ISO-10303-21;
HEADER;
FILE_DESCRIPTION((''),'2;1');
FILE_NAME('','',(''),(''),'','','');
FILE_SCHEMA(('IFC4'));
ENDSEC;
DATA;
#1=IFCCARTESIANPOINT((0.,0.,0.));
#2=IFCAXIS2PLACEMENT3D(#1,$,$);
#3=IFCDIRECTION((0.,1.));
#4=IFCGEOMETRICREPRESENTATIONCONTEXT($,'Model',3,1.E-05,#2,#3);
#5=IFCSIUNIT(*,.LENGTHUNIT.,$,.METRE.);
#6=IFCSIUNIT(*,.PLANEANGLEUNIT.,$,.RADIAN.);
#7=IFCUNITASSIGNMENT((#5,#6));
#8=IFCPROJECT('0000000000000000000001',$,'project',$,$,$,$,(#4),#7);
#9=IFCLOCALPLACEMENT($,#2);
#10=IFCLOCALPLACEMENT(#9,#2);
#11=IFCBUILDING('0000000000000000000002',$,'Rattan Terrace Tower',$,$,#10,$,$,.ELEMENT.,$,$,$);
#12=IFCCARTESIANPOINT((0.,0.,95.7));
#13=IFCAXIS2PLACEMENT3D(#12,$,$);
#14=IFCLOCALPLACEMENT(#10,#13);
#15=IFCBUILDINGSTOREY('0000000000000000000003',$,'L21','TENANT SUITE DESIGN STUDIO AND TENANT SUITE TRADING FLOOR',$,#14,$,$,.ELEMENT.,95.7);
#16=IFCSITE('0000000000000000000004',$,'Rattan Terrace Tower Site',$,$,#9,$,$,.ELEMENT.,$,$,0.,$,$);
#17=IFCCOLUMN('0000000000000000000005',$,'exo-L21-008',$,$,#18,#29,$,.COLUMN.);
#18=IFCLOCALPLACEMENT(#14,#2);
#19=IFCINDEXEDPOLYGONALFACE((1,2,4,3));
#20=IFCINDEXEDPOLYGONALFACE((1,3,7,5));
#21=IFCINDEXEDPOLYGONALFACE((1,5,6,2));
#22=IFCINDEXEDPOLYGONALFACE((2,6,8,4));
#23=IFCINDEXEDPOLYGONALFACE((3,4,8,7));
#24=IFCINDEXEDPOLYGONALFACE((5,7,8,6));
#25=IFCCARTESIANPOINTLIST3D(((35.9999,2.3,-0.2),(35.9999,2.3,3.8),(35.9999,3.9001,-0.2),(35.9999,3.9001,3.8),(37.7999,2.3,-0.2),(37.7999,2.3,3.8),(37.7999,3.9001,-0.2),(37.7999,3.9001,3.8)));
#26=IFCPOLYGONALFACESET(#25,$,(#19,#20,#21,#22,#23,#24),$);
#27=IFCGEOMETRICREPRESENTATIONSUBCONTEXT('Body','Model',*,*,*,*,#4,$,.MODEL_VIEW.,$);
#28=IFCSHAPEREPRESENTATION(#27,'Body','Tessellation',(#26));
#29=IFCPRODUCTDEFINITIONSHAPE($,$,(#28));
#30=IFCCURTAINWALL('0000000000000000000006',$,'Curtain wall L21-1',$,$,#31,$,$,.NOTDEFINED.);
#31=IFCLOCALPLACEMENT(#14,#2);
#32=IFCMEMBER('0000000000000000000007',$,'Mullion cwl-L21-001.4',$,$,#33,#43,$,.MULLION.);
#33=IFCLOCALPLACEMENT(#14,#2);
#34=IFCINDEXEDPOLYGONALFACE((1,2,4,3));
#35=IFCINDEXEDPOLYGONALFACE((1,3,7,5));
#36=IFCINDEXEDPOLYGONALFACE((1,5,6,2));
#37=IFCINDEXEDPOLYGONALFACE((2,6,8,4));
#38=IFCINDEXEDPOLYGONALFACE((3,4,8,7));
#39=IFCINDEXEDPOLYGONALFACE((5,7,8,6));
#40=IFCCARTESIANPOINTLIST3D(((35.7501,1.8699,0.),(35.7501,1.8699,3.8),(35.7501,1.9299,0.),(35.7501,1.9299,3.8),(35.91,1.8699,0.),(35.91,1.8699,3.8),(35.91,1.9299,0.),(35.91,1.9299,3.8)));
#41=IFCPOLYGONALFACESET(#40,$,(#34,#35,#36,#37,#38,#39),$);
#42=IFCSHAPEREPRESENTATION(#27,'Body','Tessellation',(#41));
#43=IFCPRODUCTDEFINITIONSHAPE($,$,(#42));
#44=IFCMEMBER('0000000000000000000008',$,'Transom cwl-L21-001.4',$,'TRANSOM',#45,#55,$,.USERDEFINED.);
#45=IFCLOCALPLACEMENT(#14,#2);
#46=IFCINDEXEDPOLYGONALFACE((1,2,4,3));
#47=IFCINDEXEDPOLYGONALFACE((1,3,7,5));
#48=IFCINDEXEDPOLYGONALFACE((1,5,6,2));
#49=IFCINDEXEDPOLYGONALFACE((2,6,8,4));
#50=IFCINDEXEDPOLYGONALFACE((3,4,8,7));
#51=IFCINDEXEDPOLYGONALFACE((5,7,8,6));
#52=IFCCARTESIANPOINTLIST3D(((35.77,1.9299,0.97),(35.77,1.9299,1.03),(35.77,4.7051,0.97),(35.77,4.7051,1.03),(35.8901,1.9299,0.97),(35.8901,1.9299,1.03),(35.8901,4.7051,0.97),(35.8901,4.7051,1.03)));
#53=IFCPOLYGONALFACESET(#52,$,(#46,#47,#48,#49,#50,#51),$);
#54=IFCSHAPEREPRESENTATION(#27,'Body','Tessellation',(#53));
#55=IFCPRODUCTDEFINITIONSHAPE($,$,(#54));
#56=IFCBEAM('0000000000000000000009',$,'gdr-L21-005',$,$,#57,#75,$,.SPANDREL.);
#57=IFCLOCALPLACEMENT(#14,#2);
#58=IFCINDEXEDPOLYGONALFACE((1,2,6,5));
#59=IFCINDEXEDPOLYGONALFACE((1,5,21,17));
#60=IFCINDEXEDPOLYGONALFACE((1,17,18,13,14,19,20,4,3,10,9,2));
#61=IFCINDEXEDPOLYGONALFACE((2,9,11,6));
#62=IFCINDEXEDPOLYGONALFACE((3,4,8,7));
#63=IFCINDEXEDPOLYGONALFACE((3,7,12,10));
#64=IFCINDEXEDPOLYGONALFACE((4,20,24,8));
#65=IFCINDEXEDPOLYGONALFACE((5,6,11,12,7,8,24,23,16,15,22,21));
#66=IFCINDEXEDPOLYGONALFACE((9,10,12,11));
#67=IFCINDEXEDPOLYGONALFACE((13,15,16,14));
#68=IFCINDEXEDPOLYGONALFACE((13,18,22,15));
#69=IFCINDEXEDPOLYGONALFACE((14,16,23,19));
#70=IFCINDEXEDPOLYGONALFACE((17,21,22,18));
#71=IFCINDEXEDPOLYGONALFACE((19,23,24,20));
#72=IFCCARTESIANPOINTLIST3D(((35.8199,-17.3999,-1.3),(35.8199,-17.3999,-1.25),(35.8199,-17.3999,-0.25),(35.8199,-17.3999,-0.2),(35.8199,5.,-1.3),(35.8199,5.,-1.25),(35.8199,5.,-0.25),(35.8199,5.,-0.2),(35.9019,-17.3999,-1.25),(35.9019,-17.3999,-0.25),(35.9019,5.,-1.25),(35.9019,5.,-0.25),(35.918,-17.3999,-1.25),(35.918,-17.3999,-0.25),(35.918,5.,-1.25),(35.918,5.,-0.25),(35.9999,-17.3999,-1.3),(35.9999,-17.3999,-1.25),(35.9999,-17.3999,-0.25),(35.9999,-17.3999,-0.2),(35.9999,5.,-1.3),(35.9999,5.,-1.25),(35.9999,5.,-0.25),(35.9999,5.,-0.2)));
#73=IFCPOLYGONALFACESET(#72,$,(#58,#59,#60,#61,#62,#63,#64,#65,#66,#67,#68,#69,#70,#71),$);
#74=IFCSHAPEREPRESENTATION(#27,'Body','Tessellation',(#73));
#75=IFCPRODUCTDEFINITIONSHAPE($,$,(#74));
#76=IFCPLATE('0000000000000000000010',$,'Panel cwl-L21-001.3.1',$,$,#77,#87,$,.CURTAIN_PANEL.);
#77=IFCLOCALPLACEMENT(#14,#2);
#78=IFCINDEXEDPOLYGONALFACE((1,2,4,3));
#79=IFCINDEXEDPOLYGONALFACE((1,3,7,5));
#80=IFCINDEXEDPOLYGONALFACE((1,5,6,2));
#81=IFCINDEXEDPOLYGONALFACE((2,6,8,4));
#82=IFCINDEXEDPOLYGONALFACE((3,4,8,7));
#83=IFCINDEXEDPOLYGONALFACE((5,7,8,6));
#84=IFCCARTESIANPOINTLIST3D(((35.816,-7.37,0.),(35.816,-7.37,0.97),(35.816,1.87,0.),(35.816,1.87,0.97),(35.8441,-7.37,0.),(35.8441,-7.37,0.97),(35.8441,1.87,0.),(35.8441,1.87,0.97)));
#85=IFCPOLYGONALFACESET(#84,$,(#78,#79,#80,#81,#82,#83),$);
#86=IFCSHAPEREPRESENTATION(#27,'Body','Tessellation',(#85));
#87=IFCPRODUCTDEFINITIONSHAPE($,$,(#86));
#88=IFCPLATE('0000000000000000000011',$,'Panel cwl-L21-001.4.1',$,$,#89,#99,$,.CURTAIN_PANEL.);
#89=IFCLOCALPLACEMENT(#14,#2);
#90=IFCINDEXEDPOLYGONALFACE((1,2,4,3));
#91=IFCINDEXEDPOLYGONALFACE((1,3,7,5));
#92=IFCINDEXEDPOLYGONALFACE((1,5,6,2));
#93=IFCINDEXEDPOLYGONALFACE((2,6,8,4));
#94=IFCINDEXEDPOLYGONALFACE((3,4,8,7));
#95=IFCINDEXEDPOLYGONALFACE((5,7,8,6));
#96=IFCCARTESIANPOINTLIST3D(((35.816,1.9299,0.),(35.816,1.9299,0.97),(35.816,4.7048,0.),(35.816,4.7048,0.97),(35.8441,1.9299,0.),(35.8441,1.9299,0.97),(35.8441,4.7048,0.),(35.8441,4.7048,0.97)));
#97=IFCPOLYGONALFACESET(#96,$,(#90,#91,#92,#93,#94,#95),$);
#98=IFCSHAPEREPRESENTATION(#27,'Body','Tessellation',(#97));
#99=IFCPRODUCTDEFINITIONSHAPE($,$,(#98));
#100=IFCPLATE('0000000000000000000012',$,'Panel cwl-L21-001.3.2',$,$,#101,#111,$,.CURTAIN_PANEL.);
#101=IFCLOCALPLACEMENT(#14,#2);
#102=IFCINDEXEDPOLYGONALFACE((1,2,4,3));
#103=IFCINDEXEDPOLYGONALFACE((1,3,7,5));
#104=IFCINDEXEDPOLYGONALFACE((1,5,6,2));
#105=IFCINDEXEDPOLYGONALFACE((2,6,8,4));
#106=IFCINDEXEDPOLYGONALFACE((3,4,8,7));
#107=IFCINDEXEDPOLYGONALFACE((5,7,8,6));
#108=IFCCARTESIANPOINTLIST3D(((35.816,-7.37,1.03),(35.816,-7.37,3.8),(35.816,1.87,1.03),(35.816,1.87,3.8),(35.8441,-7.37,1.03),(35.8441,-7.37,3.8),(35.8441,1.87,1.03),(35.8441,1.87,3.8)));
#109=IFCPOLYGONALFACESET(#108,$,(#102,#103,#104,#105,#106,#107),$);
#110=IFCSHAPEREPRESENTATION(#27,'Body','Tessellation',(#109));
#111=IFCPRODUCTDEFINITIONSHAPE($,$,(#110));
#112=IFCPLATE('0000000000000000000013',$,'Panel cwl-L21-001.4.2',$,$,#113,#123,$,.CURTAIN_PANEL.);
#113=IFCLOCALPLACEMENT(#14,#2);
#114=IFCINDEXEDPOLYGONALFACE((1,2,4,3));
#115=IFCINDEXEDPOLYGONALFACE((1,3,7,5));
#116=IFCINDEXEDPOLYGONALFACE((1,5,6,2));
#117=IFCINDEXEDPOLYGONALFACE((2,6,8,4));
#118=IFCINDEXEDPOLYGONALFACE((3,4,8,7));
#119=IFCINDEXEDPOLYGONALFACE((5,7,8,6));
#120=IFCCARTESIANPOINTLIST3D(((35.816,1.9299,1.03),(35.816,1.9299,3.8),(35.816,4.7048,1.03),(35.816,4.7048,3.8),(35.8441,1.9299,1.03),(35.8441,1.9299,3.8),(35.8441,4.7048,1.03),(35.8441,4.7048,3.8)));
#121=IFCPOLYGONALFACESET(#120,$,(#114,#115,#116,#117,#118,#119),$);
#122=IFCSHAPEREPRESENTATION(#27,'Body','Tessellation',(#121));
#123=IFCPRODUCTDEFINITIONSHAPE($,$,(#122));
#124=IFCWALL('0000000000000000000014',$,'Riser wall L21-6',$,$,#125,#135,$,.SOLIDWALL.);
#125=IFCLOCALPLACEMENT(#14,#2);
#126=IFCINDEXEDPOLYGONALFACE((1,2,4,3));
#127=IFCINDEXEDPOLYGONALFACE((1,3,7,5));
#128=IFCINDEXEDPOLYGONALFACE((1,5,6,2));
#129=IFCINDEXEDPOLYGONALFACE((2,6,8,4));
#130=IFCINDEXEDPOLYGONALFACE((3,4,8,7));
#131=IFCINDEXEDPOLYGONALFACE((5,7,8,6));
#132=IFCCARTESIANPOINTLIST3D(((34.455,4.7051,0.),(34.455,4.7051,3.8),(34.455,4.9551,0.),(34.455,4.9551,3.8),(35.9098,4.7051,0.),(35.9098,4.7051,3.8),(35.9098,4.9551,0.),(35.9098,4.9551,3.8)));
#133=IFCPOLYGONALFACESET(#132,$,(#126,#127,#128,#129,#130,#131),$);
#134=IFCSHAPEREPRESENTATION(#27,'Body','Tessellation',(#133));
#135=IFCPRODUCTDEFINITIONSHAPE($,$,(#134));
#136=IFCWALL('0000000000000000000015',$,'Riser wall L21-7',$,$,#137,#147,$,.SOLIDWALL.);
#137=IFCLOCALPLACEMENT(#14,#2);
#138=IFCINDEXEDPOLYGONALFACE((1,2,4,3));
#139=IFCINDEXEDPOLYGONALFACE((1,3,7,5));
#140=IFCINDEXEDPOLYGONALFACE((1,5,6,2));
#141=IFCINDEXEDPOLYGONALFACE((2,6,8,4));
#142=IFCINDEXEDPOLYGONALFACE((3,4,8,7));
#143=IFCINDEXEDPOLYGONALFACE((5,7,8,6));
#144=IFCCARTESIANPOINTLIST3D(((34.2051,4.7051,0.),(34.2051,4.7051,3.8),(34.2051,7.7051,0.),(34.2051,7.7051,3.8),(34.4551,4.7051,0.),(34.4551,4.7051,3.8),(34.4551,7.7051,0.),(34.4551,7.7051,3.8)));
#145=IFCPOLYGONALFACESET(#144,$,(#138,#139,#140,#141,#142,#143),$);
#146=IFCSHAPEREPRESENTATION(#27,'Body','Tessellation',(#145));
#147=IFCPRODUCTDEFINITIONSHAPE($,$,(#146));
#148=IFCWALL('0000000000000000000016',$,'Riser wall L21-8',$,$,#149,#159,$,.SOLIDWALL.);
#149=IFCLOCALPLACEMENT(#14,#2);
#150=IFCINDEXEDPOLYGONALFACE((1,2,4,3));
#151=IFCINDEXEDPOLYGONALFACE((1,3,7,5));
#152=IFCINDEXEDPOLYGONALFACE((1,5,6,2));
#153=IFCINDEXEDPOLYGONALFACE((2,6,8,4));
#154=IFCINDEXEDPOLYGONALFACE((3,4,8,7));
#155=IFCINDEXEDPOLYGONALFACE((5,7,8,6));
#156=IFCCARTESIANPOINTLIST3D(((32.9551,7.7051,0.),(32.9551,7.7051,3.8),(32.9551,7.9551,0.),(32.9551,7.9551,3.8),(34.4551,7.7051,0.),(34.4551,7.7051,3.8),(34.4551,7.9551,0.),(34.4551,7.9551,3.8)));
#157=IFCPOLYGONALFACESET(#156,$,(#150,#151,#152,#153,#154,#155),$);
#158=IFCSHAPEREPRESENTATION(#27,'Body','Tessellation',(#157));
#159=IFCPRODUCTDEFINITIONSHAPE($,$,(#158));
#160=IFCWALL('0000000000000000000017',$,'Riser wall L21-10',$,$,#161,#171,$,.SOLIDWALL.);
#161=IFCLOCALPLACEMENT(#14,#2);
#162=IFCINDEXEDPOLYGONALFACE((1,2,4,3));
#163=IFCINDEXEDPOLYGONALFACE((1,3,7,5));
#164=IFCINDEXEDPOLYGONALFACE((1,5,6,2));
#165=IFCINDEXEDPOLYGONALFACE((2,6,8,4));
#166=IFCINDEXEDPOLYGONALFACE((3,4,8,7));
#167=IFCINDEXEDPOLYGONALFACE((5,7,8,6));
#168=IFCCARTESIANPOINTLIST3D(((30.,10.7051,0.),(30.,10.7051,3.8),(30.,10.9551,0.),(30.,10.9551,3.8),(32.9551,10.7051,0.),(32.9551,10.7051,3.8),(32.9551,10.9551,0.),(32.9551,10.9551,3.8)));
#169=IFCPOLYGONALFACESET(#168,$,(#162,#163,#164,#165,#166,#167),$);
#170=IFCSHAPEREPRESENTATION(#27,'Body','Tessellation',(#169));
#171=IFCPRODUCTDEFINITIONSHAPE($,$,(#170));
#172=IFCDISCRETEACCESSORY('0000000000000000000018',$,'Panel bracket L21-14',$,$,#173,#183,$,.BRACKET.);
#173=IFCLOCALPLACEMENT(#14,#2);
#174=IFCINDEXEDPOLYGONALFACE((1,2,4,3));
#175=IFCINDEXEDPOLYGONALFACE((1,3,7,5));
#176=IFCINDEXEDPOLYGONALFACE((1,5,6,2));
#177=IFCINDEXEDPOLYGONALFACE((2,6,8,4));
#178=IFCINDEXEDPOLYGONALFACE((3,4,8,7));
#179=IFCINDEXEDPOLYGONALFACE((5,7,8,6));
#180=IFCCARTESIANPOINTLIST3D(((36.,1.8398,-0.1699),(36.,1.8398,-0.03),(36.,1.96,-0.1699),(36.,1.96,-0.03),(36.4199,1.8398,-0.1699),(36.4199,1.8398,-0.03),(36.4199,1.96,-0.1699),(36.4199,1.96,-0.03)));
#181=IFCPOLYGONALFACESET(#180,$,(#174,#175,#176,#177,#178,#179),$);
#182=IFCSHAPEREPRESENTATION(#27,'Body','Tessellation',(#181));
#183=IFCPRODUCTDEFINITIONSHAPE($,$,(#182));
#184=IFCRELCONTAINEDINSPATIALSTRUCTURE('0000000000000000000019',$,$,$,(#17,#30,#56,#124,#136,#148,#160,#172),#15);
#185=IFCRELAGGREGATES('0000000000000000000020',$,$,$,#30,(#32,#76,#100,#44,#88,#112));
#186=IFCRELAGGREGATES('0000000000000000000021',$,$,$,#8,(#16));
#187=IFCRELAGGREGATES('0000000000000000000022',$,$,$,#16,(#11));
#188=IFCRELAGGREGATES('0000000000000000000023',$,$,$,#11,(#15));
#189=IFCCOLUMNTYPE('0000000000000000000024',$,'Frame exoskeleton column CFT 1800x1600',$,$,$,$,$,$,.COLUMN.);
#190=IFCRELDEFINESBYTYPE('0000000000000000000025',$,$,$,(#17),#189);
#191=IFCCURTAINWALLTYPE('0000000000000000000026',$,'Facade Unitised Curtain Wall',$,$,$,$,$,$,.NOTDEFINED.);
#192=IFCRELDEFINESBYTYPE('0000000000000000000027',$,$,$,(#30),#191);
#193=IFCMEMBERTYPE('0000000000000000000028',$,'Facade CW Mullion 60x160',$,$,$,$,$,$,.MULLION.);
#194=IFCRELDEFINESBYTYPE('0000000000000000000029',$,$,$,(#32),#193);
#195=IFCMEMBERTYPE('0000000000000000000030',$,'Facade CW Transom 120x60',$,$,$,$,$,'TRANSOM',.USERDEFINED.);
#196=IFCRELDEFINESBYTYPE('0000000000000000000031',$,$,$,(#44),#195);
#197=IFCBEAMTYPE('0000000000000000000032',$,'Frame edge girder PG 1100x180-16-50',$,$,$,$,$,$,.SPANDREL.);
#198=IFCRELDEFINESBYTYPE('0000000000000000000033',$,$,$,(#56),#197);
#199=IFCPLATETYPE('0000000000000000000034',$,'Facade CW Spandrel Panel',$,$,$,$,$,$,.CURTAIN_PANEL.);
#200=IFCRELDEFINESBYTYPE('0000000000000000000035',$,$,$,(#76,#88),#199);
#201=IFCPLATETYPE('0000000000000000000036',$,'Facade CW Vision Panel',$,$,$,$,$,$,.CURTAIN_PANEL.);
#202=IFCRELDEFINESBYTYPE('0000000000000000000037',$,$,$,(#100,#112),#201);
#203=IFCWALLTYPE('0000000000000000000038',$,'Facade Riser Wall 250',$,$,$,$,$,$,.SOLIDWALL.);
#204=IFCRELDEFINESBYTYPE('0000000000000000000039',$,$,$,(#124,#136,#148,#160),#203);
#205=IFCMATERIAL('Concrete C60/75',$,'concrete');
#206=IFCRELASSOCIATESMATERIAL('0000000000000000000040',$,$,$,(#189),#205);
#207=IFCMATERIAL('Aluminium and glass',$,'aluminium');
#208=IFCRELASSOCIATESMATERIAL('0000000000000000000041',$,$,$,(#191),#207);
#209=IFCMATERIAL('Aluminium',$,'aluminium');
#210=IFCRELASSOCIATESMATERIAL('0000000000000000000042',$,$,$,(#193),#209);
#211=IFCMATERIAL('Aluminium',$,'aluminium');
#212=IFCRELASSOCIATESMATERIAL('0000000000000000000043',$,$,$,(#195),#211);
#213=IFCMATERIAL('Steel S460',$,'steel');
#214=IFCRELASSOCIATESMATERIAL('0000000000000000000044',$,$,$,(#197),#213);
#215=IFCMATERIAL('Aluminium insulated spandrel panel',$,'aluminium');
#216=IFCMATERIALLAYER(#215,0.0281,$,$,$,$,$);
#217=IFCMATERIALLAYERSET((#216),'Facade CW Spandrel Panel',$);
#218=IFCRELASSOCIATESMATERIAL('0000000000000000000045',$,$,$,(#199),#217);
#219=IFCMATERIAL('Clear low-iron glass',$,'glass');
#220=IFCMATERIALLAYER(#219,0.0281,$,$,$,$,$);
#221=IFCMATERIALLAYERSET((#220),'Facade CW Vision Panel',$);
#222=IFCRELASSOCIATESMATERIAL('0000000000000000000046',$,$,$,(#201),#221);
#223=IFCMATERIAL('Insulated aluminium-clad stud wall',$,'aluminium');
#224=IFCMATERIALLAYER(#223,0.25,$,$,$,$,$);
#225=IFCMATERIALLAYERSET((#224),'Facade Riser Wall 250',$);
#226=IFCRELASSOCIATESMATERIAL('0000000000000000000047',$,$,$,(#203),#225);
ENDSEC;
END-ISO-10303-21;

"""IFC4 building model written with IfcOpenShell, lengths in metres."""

from ifc_helpers import new_model, si_unit, direction, frame, frame_2d, origin, origin_2d, place, context, subcontext, project, spatial, rectangle, i_section, extrude, material, layer, layer_set, material_profile, profile_set, type_object, element, aggregate, save


model = new_model("IFC4")

# Units and contexts
model_context = context("Model", 3, precision=1e-05, world=origin(), true_north=direction((0.0, 1.0)))
body_context = subcontext(model_context, "Body", "Model", "MODEL_VIEW")
ifc_project = project(units=[si_unit("LENGTHUNIT", "METRE"), si_unit("PLANEANGLEUNIT", "RADIAN")], contexts=[model_context])

# Site, building, storey
site_placement = place(None, origin())
site = spatial("IfcSite", under=ifc_project, at=site_placement, Name="Rattan Terrace Tower Site", CompositionType="ELEMENT", RefElevation=0.0)
building_placement = place(site_placement, origin())
building = spatial("IfcBuilding", under=site, at=building_placement, Name="Rattan Terrace Tower", CompositionType="ELEMENT")
storey_placement = place(building_placement, frame((0.0, 0.0, 95.7)))
storey = spatial("IfcBuildingStorey", under=building, at=storey_placement, Name="L21", Description="TENANT SUITE DESIGN STUDIO AND TENANT SUITE TRADING FLOOR", CompositionType="ELEMENT", Elevation=95.7)

# Column
ifc_material_1 = material(Name="Concrete C60/75", Category="concrete")
ifc_material_profile_1 = material_profile(ifc_material_1, rectangle(XDim=1.6001, YDim=1.8, at=origin_2d()), Name="CFT 1800x1600")
ifc_profile_set_1 = profile_set([ifc_material_profile_1], Name="Concrete C60/75")
column_type = type_object("IfcColumnType", Name="Frame exoskeleton column CFT 1800x1600", PredefinedType="COLUMN", material=ifc_profile_set_1)
column_placement = place(storey_placement, frame((36.8999, 3.1001, -0.2), z_axis=(0.0, 0.0, 1.0), x_axis=(0.0, 1.0, 0.0)))
element("IfcColumn", 1, at=column_placement, inside=storey, type_object=column_type, Name="exo-L21-008", PredefinedType="COLUMN", context=body_context, shape_type="SweptSolid", body=[
    extrude(rectangle(XDim=1.6001, YDim=1.8, at=origin_2d()), origin(), (0.0, 0.0, 1.0), 4.0),
])

# Curtain wall, members
ifc_material_2 = material(Name="Aluminium and glass", Category="aluminium")
curtain_wall_type = type_object("IfcCurtainWallType", Name="Facade Unitised Curtain Wall", PredefinedType="NOTDEFINED", material=ifc_material_2)
curtain_wall_placement = place(storey_placement, origin())
curtain_wall = element("IfcCurtainWall", 2, at=curtain_wall_placement, inside=storey, type_object=curtain_wall_type, Name="Curtain wall L21-1", PredefinedType="NOTDEFINED")
ifc_material_3 = material(Name="Aluminium", Category="aluminium")
ifc_material_profile_2 = material_profile(ifc_material_3, rectangle(XDim=0.0601, YDim=0.1599, at=origin_2d()), Name="Aluminium 60x160")
ifc_profile_set_2 = profile_set([ifc_material_profile_2], Name="Aluminium")
member_type_1 = type_object("IfcMemberType", Name="Facade CW Mullion 60x160", PredefinedType="MULLION", material=ifc_profile_set_2)
member_1_placement = place(storey_placement, frame((35.8301, 1.8999, 0.0), z_axis=(0.0, 0.0, 1.0), x_axis=(0.0, 1.0, 0.0)))
member_1 = element("IfcMember", 3, at=member_1_placement, type_object=member_type_1, Name="Mullion cwl-L21-001.4", PredefinedType="MULLION", context=body_context, shape_type="SweptSolid", body=[
    extrude(rectangle(XDim=0.0601, YDim=0.1599, at=origin_2d()), origin(), (0.0, 0.0, 1.0), 3.8),
])
ifc_material_4 = material(Name="Aluminium", Category="aluminium")
ifc_material_profile_3 = material_profile(ifc_material_4, rectangle(XDim=0.1201, YDim=0.0601, at=origin_2d()), Name="Aluminium 120x60")
ifc_profile_set_3 = profile_set([ifc_material_profile_3], Name="Aluminium")
member_type_2 = type_object("IfcMemberType", Name="Facade CW Transom 120x60", ElementType="TRANSOM", PredefinedType="USERDEFINED", material=ifc_profile_set_3)
member_2_placement = place(storey_placement, frame((35.8301, 1.9299, 1.0), z_axis=(0.0, 1.0, 0.0), x_axis=(-1.0, 0.0, 0.0)))
member_2 = element("IfcMember", 4, at=member_2_placement, type_object=member_type_2, Name="Transom cwl-L21-001.4", ObjectType="TRANSOM", PredefinedType="USERDEFINED", context=body_context, shape_type="SweptSolid", body=[
    extrude(rectangle(XDim=0.1201, YDim=0.0601, at=origin_2d()), origin(), (0.0, 0.0, 1.0), 2.7751),
])

# Beam
ifc_material_5 = material(Name="Steel S460", Category="steel")
ifc_material_profile_4 = material_profile(ifc_material_5, i_section(OverallWidth=0.1799, OverallDepth=1.1001, WebThickness=0.0161, FlangeThickness=0.05, at=origin_2d()), Name="PG 1100x180-16-50")
ifc_profile_set_4 = profile_set([ifc_material_profile_4], Name="Steel S460")
beam_type = type_object("IfcBeamType", Name="Frame edge girder PG 1100x180-16-50", PredefinedType="SPANDREL", material=ifc_profile_set_4)
beam_placement = place(storey_placement, frame((35.9099, 5.0, -0.75), z_axis=(0.0, -1.0, 0.0), x_axis=(1.0, 0.0, 0.0)))
element("IfcBeam", 5, at=beam_placement, inside=storey, type_object=beam_type, Name="gdr-L21-005", PredefinedType="SPANDREL", context=body_context, shape_type="SweptSolid", body=[
    extrude(i_section(OverallWidth=0.1799, OverallDepth=1.1001, WebThickness=0.0161, FlangeThickness=0.05, at=origin_2d()), origin(), (0.0, 0.0, 1.0), 22.3999),
])

# Plates
ifc_material_6 = material(Name="Aluminium insulated spandrel panel", Category="aluminium")
ifc_layer_1 = layer(ifc_material_6, 0.0281)
ifc_layer_set_1 = layer_set([ifc_layer_1], Name="Facade CW Spandrel Panel")
plate_type_1 = type_object("IfcPlateType", Name="Facade CW Spandrel Panel", PredefinedType="CURTAIN_PANEL", material=ifc_layer_set_1)
plate_1_placement = place(storey_placement, frame((35.8301, -2.75, 0.0), z_axis=(0.0, 0.0, 1.0), x_axis=(0.0, 1.0, 0.0)))
plate_1 = element("IfcPlate", 6, at=plate_1_placement, type_object=plate_type_1, Name="Panel cwl-L21-001.3.1", PredefinedType="CURTAIN_PANEL", context=body_context, shape_type="SweptSolid", body=[
    extrude(rectangle(XDim=9.24, YDim=0.0281, at=origin_2d()), origin(), (0.0, 0.0, 1.0), 0.97),
])
plate_2_placement = place(storey_placement, frame((35.8301, 3.3174, 0.0), z_axis=(0.0, 0.0, 1.0), x_axis=(0.0, 1.0, 0.0)))
plate_2 = element("IfcPlate", 7, at=plate_2_placement, type_object=plate_type_1, Name="Panel cwl-L21-001.4.1", PredefinedType="CURTAIN_PANEL", context=body_context, shape_type="SweptSolid", body=[
    extrude(rectangle(XDim=2.7749, YDim=0.0281, at=origin_2d()), origin(), (0.0, 0.0, 1.0), 0.97),
])
ifc_material_7 = material(Name="Clear low-iron glass", Category="glass")
ifc_layer_2 = layer(ifc_material_7, 0.0281)
ifc_layer_set_2 = layer_set([ifc_layer_2], Name="Facade CW Vision Panel")
plate_type_2 = type_object("IfcPlateType", Name="Facade CW Vision Panel", PredefinedType="CURTAIN_PANEL", material=ifc_layer_set_2)
plate_3_placement = place(storey_placement, frame((35.8301, -2.75, 1.03), z_axis=(0.0, 0.0, 1.0), x_axis=(0.0, 1.0, 0.0)))
plate_3 = element("IfcPlate", 8, at=plate_3_placement, type_object=plate_type_2, Name="Panel cwl-L21-001.3.2", PredefinedType="CURTAIN_PANEL", context=body_context, shape_type="SweptSolid", body=[
    extrude(rectangle(XDim=9.24, YDim=0.0281, at=origin_2d()), origin(), (0.0, 0.0, 1.0), 2.77),
])
plate_4_placement = place(storey_placement, frame((35.8301, 3.3174, 1.03), z_axis=(0.0, 0.0, 1.0), x_axis=(0.0, 1.0, 0.0)))
plate_4 = element("IfcPlate", 9, at=plate_4_placement, type_object=plate_type_2, Name="Panel cwl-L21-001.4.2", PredefinedType="CURTAIN_PANEL", context=body_context, shape_type="SweptSolid", body=[
    extrude(rectangle(XDim=2.7749, YDim=0.0281, at=origin_2d()), origin(), (0.0, 0.0, 1.0), 2.77),
])
aggregate(curtain_wall, [member_1, plate_1, plate_3, member_2, plate_2, plate_4])

# Walls
ifc_material_8 = material(Name="Insulated aluminium-clad stud wall", Category="aluminium")
ifc_layer_3 = layer(ifc_material_8, 0.25)
ifc_layer_set_3 = layer_set([ifc_layer_3], Name="Facade Riser Wall 250")
wall_type = type_object("IfcWallType", Name="Facade Riser Wall 250", PredefinedType="SOLIDWALL", material=ifc_layer_set_3)
wall_1_placement = place(storey_placement, frame((35.9099, 4.8301, 0.0), z_axis=(0.0, 0.0, 1.0), x_axis=(-1.0, 0.0, 0.0)))
element("IfcWall", 10, at=wall_1_placement, inside=storey, type_object=wall_type, Name="Riser wall L21-6", PredefinedType="SOLIDWALL", context=body_context, shape_type="SweptSolid", body=[
    extrude(rectangle(XDim=1.4548, YDim=0.25, at=frame_2d((0.7275, 0.0))), origin(), (0.0, 0.0, 1.0), 3.8),
])
wall_2_placement = place(storey_placement, frame((34.3301, 4.7051, 0.0), z_axis=(0.0, 0.0, 1.0), x_axis=(0.0, 1.0, 0.0)))
element("IfcWall", 11, at=wall_2_placement, inside=storey, type_object=wall_type, Name="Riser wall L21-7", PredefinedType="SOLIDWALL", context=body_context, shape_type="SweptSolid", body=[
    extrude(rectangle(XDim=3.0, YDim=0.25, at=frame_2d((1.5, 0.0))), origin(), (0.0, 0.0, 1.0), 3.8),
])
wall_3_placement = place(storey_placement, frame((34.4551, 7.8301, 0.0), z_axis=(0.0, 0.0, 1.0), x_axis=(-1.0, 0.0, 0.0)))
element("IfcWall", 12, at=wall_3_placement, inside=storey, type_object=wall_type, Name="Riser wall L21-8", PredefinedType="SOLIDWALL", context=body_context, shape_type="SweptSolid", body=[
    extrude(rectangle(XDim=1.5, YDim=0.25, at=frame_2d((0.75, 0.0))), origin(), (0.0, 0.0, 1.0), 3.8),
])
wall_4_placement = place(storey_placement, frame((32.9551, 10.8301, 0.0), z_axis=(0.0, 0.0, 1.0), x_axis=(-1.0, 0.0, 0.0)))
element("IfcWall", 13, at=wall_4_placement, inside=storey, type_object=wall_type, Name="Riser wall L21-10", PredefinedType="SOLIDWALL", context=body_context, shape_type="SweptSolid", body=[
    extrude(rectangle(XDim=2.9551, YDim=0.25, at=frame_2d((1.4775, 0.0))), origin(), (0.0, 0.0, 1.0), 3.8),
])

# Discrete accessory
for number, where, z_axis, x_axis, name in (
    (14, (36.21, 1.8999, -0.1699), (0.0, 0.0, 1.0), (0.0, 1.0, 0.0), "Panel bracket L21-14"),
):
    element("IfcDiscreteAccessory", number, at=place(storey_placement, frame(where, z_axis=z_axis, x_axis=x_axis)), inside=storey, Name=name, PredefinedType="BRACKET", context=body_context, shape_type="SweptSolid", body=[
        extrude(rectangle(XDim=0.1201, YDim=0.4199, at=origin_2d()), origin(), (0.0, 0.0, 1.0), 0.1399),
    ])

save(model, "model.ifc")
